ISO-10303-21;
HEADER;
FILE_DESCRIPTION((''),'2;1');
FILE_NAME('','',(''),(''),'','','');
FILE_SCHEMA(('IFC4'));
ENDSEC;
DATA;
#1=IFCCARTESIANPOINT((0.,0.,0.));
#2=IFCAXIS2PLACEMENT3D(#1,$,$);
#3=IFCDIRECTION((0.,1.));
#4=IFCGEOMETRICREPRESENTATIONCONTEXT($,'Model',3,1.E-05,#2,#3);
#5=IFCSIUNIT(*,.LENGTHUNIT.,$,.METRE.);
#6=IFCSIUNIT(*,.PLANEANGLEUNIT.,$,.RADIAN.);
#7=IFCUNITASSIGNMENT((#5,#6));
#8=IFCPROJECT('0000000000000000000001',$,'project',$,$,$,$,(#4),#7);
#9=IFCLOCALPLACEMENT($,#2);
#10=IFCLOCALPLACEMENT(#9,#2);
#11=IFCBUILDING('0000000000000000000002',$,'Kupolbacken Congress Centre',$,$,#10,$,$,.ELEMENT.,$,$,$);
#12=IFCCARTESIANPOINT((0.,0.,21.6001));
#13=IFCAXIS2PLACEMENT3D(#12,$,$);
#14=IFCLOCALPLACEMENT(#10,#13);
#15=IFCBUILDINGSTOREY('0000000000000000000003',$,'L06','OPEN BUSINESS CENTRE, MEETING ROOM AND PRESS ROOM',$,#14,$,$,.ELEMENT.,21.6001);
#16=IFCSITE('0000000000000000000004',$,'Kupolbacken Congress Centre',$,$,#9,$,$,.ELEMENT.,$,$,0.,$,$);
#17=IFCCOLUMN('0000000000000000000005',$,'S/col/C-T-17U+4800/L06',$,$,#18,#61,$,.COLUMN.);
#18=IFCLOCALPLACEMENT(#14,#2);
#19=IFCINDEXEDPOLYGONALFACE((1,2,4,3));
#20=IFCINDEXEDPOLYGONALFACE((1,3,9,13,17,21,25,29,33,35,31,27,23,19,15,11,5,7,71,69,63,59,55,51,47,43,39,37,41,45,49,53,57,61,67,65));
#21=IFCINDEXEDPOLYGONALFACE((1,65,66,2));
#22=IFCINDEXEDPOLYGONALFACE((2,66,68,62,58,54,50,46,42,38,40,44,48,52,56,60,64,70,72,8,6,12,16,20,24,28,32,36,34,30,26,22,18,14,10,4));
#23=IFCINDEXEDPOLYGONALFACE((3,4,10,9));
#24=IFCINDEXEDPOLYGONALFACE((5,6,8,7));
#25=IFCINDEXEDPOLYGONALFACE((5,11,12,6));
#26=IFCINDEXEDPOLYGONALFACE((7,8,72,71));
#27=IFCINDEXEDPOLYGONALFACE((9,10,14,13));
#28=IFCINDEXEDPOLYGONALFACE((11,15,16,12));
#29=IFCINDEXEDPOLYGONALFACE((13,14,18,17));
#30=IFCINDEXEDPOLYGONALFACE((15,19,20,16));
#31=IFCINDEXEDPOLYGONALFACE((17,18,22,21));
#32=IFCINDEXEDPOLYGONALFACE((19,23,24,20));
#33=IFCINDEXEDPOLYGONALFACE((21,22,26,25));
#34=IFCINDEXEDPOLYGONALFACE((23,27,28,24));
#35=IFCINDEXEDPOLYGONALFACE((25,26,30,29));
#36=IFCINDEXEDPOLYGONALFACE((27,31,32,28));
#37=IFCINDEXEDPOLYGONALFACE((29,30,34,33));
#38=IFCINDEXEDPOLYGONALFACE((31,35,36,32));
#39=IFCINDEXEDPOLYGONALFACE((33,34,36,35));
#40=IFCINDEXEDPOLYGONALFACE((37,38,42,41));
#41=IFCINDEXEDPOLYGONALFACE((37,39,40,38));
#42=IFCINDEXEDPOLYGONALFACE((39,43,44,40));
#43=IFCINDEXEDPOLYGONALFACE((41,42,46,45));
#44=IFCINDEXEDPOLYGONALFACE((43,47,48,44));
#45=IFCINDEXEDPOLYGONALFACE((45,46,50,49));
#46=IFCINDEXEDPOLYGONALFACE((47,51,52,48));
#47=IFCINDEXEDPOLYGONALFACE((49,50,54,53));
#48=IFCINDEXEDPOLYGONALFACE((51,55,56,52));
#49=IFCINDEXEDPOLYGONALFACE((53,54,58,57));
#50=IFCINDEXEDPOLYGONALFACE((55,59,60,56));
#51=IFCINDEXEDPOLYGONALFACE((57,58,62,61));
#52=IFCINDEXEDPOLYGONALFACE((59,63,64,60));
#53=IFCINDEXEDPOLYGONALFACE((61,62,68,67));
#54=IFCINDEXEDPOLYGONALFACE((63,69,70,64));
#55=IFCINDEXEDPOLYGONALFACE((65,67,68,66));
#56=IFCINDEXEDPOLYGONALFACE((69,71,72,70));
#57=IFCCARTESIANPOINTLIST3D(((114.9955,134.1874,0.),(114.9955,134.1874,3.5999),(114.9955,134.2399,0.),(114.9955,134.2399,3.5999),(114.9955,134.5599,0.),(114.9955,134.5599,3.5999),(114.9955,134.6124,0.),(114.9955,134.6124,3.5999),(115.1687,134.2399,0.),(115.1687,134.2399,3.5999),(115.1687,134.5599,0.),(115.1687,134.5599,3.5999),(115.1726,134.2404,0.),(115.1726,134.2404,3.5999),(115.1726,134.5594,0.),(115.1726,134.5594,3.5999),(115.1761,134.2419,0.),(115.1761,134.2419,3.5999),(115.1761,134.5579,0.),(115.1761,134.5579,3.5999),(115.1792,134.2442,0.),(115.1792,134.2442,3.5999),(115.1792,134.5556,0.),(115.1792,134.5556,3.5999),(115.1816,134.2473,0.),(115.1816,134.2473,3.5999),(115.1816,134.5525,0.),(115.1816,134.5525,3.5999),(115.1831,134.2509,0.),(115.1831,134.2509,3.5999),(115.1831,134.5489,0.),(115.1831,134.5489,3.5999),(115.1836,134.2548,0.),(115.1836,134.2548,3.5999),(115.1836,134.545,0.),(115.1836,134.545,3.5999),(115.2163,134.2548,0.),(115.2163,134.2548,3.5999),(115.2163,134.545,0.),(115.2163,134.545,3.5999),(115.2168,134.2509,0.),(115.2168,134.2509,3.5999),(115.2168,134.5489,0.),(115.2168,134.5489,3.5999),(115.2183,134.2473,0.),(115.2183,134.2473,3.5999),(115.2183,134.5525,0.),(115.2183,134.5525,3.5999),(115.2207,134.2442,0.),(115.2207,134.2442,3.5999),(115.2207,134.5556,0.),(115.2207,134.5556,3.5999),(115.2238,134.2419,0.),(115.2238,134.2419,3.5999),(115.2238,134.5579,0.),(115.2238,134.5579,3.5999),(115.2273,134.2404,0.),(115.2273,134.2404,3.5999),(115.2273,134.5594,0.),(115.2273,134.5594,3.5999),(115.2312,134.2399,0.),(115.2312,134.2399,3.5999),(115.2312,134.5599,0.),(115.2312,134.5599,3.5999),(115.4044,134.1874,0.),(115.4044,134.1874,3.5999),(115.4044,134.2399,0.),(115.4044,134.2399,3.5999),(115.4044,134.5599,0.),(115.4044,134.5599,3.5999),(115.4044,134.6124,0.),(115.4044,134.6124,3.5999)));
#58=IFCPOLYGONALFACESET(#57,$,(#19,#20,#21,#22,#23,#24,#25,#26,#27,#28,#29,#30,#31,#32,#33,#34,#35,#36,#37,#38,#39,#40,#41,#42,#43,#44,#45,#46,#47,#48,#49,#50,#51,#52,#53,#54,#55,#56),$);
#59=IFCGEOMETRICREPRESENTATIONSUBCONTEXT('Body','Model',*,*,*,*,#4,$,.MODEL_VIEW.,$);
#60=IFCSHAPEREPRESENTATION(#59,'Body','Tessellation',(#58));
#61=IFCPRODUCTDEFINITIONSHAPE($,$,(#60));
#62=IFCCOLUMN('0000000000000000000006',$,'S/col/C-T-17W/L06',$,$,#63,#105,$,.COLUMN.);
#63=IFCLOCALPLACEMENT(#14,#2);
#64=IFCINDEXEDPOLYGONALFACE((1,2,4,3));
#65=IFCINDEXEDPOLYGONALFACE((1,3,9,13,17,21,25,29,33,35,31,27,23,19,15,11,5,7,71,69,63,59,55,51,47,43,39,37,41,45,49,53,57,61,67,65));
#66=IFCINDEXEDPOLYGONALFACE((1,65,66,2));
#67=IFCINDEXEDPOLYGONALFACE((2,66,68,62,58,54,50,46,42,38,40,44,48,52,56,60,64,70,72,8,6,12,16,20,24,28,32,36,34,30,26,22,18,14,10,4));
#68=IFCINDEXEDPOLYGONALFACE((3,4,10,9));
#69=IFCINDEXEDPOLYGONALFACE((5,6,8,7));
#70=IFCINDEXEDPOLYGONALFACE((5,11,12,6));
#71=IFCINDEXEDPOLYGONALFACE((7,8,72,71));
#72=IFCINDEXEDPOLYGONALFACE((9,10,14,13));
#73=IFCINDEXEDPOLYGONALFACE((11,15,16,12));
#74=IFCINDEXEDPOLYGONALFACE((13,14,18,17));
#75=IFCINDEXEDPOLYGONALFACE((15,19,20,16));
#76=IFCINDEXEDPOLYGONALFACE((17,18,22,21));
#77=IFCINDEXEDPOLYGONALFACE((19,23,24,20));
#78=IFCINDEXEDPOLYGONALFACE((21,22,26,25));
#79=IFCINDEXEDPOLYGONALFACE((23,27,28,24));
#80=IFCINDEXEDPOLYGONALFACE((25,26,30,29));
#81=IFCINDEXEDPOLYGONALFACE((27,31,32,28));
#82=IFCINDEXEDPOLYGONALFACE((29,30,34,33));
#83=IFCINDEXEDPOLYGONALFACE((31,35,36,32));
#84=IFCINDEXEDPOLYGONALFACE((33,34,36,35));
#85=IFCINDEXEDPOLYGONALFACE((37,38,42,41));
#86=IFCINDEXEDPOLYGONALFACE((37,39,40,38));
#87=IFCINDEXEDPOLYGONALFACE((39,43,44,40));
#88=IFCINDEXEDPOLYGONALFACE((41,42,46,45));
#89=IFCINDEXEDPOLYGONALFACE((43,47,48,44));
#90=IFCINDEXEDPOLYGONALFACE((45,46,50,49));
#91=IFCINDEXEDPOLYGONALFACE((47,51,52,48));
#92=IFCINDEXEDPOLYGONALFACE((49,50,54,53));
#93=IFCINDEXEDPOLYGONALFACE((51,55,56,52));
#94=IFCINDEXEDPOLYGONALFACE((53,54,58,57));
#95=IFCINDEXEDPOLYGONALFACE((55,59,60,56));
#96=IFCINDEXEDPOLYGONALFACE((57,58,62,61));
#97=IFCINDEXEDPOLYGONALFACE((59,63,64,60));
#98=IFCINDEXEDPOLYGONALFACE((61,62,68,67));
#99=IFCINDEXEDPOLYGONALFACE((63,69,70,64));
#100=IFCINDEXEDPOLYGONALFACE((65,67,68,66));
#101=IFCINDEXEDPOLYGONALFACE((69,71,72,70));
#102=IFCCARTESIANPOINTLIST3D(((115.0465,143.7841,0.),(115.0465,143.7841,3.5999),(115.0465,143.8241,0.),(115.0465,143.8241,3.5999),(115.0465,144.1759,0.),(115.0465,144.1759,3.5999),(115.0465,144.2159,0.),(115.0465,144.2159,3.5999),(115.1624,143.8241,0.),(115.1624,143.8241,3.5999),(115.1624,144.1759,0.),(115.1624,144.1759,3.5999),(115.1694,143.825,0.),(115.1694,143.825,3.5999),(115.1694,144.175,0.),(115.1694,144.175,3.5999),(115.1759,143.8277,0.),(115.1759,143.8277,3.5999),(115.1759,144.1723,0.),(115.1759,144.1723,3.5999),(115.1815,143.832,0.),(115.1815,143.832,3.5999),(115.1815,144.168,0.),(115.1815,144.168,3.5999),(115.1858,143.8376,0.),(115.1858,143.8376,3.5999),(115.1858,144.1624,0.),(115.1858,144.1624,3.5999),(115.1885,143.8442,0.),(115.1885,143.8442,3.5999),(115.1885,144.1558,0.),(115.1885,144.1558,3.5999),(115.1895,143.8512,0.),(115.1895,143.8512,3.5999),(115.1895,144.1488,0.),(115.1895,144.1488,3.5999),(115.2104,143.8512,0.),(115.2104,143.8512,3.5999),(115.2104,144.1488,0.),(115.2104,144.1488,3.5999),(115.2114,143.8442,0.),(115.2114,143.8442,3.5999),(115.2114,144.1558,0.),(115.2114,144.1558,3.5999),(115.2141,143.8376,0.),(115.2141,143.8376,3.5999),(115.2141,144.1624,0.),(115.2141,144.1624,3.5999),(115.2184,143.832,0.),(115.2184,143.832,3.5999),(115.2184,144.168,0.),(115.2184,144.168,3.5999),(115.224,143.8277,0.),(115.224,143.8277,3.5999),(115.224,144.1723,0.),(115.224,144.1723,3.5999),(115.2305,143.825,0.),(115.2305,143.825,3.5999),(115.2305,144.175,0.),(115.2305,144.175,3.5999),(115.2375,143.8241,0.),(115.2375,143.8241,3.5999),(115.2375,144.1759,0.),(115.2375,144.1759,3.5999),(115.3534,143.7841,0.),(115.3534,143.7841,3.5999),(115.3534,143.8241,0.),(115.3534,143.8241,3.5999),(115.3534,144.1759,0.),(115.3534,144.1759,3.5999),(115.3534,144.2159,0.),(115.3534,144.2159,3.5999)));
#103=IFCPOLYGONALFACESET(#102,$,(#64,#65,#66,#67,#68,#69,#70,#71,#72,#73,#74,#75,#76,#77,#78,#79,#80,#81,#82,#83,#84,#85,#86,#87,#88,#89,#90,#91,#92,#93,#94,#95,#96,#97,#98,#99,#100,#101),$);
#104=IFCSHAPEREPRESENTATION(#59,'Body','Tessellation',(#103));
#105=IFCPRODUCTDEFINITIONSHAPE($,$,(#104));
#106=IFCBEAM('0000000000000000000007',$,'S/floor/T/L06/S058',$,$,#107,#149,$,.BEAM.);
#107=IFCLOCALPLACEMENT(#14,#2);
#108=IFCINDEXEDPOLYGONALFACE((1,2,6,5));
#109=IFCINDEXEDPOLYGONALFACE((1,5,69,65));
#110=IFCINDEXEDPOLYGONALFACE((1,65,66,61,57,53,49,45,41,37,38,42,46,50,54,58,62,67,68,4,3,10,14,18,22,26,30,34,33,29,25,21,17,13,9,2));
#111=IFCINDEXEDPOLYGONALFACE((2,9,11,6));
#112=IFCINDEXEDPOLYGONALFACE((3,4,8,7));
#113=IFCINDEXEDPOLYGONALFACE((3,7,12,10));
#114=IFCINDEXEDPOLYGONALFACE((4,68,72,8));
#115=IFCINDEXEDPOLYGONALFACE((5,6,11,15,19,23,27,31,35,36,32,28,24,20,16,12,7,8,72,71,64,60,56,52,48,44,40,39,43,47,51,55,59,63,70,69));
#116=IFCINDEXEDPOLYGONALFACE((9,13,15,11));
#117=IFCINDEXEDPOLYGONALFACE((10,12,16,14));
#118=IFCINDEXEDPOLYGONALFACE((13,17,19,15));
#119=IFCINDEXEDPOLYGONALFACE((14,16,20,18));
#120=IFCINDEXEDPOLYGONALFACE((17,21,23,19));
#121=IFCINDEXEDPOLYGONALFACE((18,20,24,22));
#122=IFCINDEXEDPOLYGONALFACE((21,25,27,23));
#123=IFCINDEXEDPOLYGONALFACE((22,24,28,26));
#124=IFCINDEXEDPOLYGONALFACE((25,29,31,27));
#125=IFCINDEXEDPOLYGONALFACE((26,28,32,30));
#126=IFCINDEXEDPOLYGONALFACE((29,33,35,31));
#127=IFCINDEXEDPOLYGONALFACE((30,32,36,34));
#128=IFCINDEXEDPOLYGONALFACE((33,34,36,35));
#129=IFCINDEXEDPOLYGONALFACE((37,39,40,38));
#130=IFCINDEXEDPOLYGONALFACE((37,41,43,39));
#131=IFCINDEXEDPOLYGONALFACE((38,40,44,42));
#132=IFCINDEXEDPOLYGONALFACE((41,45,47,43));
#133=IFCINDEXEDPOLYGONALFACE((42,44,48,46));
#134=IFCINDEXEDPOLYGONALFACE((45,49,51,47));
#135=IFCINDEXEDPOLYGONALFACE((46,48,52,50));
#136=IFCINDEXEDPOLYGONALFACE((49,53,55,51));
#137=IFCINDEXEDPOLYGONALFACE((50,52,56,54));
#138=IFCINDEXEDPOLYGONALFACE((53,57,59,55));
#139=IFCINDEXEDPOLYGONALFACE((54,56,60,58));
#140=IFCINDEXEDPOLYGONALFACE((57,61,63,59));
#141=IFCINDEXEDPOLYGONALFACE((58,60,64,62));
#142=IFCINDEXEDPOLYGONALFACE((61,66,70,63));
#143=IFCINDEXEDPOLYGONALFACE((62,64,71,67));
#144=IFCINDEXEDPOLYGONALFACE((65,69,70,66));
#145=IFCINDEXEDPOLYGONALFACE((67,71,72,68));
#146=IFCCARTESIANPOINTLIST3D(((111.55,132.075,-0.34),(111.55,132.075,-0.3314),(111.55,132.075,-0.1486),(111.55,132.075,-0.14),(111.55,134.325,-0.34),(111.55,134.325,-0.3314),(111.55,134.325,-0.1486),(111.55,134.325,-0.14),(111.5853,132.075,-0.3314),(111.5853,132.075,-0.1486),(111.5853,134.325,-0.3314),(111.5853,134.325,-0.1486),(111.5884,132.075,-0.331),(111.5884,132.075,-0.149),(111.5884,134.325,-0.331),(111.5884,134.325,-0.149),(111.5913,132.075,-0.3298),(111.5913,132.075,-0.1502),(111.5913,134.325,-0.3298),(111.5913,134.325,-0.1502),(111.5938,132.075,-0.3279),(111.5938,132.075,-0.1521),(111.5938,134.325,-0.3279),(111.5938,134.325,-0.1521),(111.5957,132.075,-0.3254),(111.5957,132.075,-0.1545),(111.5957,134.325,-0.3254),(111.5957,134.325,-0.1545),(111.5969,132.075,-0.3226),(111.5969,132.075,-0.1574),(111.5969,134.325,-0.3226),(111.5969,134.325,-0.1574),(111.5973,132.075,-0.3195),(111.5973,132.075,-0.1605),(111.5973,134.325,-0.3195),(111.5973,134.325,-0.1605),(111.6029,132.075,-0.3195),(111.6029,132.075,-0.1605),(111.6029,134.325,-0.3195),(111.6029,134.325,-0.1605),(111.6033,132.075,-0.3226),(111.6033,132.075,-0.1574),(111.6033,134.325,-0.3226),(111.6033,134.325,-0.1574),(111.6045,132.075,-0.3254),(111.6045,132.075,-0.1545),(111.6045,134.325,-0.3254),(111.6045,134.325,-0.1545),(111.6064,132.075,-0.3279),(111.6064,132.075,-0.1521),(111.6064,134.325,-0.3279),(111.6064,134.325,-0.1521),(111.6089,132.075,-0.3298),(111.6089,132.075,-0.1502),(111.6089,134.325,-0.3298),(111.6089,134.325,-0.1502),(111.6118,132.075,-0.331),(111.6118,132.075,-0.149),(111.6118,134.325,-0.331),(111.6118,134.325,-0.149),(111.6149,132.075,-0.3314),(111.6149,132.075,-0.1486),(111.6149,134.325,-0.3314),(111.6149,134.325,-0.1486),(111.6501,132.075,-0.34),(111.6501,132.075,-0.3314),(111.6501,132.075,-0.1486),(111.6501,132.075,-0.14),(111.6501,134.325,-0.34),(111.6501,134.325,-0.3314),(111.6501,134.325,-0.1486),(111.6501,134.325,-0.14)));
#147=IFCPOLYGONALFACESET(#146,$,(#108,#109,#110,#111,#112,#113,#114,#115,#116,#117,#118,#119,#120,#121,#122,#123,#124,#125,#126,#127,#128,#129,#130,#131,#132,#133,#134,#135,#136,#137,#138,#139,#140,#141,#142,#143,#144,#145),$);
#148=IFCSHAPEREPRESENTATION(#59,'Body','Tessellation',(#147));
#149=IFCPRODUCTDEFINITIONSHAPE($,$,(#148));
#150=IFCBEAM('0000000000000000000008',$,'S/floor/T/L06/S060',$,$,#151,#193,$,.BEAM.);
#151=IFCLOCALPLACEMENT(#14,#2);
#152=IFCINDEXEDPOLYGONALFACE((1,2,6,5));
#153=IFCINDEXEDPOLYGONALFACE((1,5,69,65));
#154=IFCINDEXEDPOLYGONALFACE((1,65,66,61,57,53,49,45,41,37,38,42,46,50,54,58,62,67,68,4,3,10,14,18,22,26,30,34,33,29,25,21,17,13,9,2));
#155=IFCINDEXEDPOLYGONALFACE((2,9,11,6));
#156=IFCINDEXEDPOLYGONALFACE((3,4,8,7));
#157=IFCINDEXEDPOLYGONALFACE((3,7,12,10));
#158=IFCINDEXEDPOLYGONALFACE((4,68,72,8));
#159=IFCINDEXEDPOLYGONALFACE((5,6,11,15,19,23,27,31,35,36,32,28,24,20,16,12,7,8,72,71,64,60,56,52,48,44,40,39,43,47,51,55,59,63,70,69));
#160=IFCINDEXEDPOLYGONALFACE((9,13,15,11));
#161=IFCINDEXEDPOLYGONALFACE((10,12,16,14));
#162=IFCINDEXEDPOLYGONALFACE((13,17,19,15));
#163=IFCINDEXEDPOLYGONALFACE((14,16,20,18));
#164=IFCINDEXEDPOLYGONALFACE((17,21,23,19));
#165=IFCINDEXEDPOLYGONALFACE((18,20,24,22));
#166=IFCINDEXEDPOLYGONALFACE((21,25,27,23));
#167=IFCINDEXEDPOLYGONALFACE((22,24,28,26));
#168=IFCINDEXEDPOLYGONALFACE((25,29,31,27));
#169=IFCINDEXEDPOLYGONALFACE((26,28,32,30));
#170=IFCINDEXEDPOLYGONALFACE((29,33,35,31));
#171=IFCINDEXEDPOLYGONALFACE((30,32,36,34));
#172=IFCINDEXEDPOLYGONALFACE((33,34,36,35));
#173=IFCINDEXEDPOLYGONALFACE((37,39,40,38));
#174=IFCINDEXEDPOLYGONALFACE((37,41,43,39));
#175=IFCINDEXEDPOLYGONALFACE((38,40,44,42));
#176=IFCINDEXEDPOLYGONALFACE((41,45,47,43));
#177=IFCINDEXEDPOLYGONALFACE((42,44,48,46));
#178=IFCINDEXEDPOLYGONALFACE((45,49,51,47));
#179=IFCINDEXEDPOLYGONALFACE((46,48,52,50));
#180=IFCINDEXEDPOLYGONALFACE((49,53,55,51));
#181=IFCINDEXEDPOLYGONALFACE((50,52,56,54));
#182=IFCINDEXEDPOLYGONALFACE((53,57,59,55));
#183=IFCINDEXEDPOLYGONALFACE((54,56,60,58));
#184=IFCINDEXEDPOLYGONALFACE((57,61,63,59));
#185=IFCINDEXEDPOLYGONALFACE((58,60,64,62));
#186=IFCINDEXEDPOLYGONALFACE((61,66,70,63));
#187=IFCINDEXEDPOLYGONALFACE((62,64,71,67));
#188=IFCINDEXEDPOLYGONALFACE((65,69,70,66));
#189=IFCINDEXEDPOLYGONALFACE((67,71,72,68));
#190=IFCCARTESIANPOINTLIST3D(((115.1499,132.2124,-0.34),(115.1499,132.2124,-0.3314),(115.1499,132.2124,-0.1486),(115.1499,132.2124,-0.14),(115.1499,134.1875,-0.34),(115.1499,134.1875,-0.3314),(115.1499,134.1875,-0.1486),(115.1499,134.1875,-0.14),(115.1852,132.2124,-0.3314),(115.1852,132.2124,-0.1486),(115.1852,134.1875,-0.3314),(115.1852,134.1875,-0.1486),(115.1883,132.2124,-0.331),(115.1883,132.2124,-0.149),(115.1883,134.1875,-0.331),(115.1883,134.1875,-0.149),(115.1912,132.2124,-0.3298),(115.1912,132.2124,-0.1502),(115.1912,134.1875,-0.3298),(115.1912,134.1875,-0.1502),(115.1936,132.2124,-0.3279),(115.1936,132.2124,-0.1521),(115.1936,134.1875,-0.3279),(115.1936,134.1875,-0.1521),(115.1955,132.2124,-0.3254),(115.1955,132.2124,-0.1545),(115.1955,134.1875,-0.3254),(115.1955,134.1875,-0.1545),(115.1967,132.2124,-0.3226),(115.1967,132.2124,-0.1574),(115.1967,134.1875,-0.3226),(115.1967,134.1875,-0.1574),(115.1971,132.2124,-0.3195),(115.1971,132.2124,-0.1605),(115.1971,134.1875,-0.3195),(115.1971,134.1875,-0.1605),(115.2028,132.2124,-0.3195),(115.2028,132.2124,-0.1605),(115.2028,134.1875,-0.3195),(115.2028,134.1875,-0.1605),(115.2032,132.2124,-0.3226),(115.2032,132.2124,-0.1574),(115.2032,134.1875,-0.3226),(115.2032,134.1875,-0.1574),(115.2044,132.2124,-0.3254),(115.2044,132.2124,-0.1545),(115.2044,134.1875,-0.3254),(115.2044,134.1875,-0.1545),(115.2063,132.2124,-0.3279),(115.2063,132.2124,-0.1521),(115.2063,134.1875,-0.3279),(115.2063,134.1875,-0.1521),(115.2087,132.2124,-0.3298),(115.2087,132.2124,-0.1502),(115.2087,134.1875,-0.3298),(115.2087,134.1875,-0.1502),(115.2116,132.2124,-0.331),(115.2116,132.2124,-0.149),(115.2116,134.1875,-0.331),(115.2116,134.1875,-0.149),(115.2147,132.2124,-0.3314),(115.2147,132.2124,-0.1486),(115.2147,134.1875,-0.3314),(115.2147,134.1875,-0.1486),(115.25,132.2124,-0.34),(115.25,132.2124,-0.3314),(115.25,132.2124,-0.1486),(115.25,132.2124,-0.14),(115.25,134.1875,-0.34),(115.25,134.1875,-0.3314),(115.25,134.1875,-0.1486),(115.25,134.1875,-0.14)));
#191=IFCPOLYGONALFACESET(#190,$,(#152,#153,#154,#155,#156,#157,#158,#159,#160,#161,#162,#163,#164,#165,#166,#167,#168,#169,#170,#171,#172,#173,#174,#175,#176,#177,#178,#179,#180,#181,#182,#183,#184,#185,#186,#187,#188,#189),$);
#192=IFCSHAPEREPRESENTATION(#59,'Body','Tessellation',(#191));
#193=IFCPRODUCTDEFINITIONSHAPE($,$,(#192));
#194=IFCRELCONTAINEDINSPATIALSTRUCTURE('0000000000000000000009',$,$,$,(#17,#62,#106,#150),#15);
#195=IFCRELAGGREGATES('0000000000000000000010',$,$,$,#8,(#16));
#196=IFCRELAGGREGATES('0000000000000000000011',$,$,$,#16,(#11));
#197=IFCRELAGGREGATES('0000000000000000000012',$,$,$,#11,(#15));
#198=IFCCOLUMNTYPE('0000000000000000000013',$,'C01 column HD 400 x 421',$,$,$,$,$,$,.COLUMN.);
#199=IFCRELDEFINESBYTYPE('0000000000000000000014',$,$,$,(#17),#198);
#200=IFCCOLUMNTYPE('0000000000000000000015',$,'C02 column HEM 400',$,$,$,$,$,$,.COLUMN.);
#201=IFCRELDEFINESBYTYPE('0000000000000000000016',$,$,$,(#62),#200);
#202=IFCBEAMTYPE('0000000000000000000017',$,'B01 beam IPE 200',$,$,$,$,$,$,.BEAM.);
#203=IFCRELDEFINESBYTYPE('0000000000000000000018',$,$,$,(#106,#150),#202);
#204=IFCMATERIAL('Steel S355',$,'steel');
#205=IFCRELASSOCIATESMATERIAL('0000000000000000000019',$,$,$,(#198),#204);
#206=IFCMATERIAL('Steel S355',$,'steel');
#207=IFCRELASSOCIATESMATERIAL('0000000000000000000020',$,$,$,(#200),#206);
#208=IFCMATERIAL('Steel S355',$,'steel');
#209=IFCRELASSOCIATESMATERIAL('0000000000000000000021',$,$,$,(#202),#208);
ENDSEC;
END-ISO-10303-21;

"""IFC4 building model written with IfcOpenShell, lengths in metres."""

from ifc_helpers import new_model, si_unit, direction, frame, origin, origin_2d, place, context, subcontext, project, spatial, i_section, extrude, material, material_profile, profile_set, type_object, element, save


model = new_model("IFC4")

# Units and contexts
model_context = context("Model", 3, precision=1e-05, world=origin(), true_north=direction((0.0, 1.0)))
body_context = subcontext(model_context, "Body", "Model", "MODEL_VIEW")
ifc_project = project(units=[si_unit("LENGTHUNIT", "METRE"), si_unit("PLANEANGLEUNIT", "RADIAN")], contexts=[model_context])

# Site, building, storey
site_placement = place(None, origin())
site = spatial("IfcSite", under=ifc_project, at=site_placement, Name="Kupolbacken Congress Centre", CompositionType="ELEMENT", RefElevation=0.0)
building_placement = place(site_placement, origin())
building = spatial("IfcBuilding", under=site, at=building_placement, Name="Kupolbacken Congress Centre", CompositionType="ELEMENT")
storey_placement = place(building_placement, frame((0.0, 0.0, 21.6001)))
storey = spatial("IfcBuildingStorey", under=building, at=storey_placement, Name="L06", Description="OPEN BUSINESS CENTRE, MEETING ROOM AND PRESS ROOM", CompositionType="ELEMENT", Elevation=21.6001)

# Columns
ifc_material_1 = material(Name="Steel S355", Category="steel")
ifc_material_profile_1 = material_profile(ifc_material_1, i_section(OverallWidth=0.4089, OverallDepth=0.425, WebThickness=0.0327, FlangeThickness=0.0525, FilletRadius=0.0149, at=origin_2d()), Name="HD 400 x 421")
ifc_profile_set_1 = profile_set([ifc_material_profile_1], Name="Steel S355")
column_type_1 = type_object("IfcColumnType", Name="C01 column HD 400 x 421", PredefinedType="COLUMN", material=ifc_profile_set_1)
column_1_placement = place(storey_placement, frame((115.2, 134.3999, 0.0), z_axis=(0.0, 0.0, 1.0), x_axis=(1.0, 0.0, 0.0)))
element("IfcColumn", 1, at=column_1_placement, inside=storey, type_object=column_type_1, Name="S/col/C-T-17U+4800/L06", PredefinedType="COLUMN", context=body_context, shape_type="SweptSolid", body=[
    extrude(i_section(OverallWidth=0.4089, OverallDepth=0.425, WebThickness=0.0327, FlangeThickness=0.0525, FilletRadius=0.0149, at=origin_2d()), origin(), (0.0, 0.0, 1.0), 3.5999),
])
ifc_material_2 = material(Name="Steel S355", Category="steel")
ifc_material_profile_2 = material_profile(ifc_material_2, i_section(OverallWidth=0.3069, OverallDepth=0.4319, WebThickness=0.021, FlangeThickness=0.04, FilletRadius=0.0271, at=origin_2d()), Name="HEM 400")
ifc_profile_set_2 = profile_set([ifc_material_profile_2], Name="Steel S355")
column_type_2 = type_object("IfcColumnType", Name="C02 column HEM 400", PredefinedType="COLUMN", material=ifc_profile_set_2)
column_2_placement = place(storey_placement, frame((115.2, 144.0, 0.0), z_axis=(0.0, 0.0, 1.0), x_axis=(1.0, 0.0, 0.0)))
element("IfcColumn", 2, at=column_2_placement, inside=storey, type_object=column_type_2, Name="S/col/C-T-17W/L06", PredefinedType="COLUMN", context=body_context, shape_type="SweptSolid", body=[
    extrude(i_section(OverallWidth=0.3069, OverallDepth=0.4319, WebThickness=0.021, FlangeThickness=0.04, FilletRadius=0.0271, at=origin_2d()), origin(), (0.0, 0.0, 1.0), 3.5999),
])

# Beams
ifc_material_3 = material(Name="Steel S355", Category="steel")
ifc_material_profile_3 = material_profile(ifc_material_3, i_section(OverallWidth=0.1001, OverallDepth=0.2, WebThickness=0.0056, FlangeThickness=0.0085, FilletRadius=0.012, at=origin_2d()), Name="IPE 200")
ifc_profile_set_3 = profile_set([ifc_material_profile_3], Name="Steel S355")
beam_type_1 = type_object("IfcBeamType", Name="B01 beam IPE 200", PredefinedType="BEAM", material=ifc_profile_set_3)
beam_1_placement = place(storey_placement, frame((111.6001, 132.075, -0.24), z_axis=(0.0, 1.0, 0.0), x_axis=(-1.0, 0.0, 0.0)))
element("IfcBeam", 3, at=beam_1_placement, inside=storey, type_object=beam_type_1, Name="S/floor/T/L06/S058", PredefinedType="BEAM", context=body_context, shape_type="SweptSolid", body=[
    extrude(i_section(OverallWidth=0.1001, OverallDepth=0.2, WebThickness=0.0056, FlangeThickness=0.0085, FilletRadius=0.012, at=origin_2d()), origin(), (0.0, 0.0, 1.0), 2.25),
])
beam_2_placement = place(storey_placement, frame((115.2, 132.2124, -0.24), z_axis=(0.0, 1.0, 0.0), x_axis=(-1.0, 0.0, 0.0)))
element("IfcBeam", 4, at=beam_2_placement, inside=storey, type_object=beam_type_1, Name="S/floor/T/L06/S060", PredefinedType="BEAM", context=body_context, shape_type="SweptSolid", body=[
    extrude(i_section(OverallWidth=0.1001, OverallDepth=0.2, WebThickness=0.0056, FlangeThickness=0.0085, FilletRadius=0.012, at=origin_2d()), origin(), (0.0, 0.0, 1.0), 1.9751),
])

save(model, "model.ifc")
